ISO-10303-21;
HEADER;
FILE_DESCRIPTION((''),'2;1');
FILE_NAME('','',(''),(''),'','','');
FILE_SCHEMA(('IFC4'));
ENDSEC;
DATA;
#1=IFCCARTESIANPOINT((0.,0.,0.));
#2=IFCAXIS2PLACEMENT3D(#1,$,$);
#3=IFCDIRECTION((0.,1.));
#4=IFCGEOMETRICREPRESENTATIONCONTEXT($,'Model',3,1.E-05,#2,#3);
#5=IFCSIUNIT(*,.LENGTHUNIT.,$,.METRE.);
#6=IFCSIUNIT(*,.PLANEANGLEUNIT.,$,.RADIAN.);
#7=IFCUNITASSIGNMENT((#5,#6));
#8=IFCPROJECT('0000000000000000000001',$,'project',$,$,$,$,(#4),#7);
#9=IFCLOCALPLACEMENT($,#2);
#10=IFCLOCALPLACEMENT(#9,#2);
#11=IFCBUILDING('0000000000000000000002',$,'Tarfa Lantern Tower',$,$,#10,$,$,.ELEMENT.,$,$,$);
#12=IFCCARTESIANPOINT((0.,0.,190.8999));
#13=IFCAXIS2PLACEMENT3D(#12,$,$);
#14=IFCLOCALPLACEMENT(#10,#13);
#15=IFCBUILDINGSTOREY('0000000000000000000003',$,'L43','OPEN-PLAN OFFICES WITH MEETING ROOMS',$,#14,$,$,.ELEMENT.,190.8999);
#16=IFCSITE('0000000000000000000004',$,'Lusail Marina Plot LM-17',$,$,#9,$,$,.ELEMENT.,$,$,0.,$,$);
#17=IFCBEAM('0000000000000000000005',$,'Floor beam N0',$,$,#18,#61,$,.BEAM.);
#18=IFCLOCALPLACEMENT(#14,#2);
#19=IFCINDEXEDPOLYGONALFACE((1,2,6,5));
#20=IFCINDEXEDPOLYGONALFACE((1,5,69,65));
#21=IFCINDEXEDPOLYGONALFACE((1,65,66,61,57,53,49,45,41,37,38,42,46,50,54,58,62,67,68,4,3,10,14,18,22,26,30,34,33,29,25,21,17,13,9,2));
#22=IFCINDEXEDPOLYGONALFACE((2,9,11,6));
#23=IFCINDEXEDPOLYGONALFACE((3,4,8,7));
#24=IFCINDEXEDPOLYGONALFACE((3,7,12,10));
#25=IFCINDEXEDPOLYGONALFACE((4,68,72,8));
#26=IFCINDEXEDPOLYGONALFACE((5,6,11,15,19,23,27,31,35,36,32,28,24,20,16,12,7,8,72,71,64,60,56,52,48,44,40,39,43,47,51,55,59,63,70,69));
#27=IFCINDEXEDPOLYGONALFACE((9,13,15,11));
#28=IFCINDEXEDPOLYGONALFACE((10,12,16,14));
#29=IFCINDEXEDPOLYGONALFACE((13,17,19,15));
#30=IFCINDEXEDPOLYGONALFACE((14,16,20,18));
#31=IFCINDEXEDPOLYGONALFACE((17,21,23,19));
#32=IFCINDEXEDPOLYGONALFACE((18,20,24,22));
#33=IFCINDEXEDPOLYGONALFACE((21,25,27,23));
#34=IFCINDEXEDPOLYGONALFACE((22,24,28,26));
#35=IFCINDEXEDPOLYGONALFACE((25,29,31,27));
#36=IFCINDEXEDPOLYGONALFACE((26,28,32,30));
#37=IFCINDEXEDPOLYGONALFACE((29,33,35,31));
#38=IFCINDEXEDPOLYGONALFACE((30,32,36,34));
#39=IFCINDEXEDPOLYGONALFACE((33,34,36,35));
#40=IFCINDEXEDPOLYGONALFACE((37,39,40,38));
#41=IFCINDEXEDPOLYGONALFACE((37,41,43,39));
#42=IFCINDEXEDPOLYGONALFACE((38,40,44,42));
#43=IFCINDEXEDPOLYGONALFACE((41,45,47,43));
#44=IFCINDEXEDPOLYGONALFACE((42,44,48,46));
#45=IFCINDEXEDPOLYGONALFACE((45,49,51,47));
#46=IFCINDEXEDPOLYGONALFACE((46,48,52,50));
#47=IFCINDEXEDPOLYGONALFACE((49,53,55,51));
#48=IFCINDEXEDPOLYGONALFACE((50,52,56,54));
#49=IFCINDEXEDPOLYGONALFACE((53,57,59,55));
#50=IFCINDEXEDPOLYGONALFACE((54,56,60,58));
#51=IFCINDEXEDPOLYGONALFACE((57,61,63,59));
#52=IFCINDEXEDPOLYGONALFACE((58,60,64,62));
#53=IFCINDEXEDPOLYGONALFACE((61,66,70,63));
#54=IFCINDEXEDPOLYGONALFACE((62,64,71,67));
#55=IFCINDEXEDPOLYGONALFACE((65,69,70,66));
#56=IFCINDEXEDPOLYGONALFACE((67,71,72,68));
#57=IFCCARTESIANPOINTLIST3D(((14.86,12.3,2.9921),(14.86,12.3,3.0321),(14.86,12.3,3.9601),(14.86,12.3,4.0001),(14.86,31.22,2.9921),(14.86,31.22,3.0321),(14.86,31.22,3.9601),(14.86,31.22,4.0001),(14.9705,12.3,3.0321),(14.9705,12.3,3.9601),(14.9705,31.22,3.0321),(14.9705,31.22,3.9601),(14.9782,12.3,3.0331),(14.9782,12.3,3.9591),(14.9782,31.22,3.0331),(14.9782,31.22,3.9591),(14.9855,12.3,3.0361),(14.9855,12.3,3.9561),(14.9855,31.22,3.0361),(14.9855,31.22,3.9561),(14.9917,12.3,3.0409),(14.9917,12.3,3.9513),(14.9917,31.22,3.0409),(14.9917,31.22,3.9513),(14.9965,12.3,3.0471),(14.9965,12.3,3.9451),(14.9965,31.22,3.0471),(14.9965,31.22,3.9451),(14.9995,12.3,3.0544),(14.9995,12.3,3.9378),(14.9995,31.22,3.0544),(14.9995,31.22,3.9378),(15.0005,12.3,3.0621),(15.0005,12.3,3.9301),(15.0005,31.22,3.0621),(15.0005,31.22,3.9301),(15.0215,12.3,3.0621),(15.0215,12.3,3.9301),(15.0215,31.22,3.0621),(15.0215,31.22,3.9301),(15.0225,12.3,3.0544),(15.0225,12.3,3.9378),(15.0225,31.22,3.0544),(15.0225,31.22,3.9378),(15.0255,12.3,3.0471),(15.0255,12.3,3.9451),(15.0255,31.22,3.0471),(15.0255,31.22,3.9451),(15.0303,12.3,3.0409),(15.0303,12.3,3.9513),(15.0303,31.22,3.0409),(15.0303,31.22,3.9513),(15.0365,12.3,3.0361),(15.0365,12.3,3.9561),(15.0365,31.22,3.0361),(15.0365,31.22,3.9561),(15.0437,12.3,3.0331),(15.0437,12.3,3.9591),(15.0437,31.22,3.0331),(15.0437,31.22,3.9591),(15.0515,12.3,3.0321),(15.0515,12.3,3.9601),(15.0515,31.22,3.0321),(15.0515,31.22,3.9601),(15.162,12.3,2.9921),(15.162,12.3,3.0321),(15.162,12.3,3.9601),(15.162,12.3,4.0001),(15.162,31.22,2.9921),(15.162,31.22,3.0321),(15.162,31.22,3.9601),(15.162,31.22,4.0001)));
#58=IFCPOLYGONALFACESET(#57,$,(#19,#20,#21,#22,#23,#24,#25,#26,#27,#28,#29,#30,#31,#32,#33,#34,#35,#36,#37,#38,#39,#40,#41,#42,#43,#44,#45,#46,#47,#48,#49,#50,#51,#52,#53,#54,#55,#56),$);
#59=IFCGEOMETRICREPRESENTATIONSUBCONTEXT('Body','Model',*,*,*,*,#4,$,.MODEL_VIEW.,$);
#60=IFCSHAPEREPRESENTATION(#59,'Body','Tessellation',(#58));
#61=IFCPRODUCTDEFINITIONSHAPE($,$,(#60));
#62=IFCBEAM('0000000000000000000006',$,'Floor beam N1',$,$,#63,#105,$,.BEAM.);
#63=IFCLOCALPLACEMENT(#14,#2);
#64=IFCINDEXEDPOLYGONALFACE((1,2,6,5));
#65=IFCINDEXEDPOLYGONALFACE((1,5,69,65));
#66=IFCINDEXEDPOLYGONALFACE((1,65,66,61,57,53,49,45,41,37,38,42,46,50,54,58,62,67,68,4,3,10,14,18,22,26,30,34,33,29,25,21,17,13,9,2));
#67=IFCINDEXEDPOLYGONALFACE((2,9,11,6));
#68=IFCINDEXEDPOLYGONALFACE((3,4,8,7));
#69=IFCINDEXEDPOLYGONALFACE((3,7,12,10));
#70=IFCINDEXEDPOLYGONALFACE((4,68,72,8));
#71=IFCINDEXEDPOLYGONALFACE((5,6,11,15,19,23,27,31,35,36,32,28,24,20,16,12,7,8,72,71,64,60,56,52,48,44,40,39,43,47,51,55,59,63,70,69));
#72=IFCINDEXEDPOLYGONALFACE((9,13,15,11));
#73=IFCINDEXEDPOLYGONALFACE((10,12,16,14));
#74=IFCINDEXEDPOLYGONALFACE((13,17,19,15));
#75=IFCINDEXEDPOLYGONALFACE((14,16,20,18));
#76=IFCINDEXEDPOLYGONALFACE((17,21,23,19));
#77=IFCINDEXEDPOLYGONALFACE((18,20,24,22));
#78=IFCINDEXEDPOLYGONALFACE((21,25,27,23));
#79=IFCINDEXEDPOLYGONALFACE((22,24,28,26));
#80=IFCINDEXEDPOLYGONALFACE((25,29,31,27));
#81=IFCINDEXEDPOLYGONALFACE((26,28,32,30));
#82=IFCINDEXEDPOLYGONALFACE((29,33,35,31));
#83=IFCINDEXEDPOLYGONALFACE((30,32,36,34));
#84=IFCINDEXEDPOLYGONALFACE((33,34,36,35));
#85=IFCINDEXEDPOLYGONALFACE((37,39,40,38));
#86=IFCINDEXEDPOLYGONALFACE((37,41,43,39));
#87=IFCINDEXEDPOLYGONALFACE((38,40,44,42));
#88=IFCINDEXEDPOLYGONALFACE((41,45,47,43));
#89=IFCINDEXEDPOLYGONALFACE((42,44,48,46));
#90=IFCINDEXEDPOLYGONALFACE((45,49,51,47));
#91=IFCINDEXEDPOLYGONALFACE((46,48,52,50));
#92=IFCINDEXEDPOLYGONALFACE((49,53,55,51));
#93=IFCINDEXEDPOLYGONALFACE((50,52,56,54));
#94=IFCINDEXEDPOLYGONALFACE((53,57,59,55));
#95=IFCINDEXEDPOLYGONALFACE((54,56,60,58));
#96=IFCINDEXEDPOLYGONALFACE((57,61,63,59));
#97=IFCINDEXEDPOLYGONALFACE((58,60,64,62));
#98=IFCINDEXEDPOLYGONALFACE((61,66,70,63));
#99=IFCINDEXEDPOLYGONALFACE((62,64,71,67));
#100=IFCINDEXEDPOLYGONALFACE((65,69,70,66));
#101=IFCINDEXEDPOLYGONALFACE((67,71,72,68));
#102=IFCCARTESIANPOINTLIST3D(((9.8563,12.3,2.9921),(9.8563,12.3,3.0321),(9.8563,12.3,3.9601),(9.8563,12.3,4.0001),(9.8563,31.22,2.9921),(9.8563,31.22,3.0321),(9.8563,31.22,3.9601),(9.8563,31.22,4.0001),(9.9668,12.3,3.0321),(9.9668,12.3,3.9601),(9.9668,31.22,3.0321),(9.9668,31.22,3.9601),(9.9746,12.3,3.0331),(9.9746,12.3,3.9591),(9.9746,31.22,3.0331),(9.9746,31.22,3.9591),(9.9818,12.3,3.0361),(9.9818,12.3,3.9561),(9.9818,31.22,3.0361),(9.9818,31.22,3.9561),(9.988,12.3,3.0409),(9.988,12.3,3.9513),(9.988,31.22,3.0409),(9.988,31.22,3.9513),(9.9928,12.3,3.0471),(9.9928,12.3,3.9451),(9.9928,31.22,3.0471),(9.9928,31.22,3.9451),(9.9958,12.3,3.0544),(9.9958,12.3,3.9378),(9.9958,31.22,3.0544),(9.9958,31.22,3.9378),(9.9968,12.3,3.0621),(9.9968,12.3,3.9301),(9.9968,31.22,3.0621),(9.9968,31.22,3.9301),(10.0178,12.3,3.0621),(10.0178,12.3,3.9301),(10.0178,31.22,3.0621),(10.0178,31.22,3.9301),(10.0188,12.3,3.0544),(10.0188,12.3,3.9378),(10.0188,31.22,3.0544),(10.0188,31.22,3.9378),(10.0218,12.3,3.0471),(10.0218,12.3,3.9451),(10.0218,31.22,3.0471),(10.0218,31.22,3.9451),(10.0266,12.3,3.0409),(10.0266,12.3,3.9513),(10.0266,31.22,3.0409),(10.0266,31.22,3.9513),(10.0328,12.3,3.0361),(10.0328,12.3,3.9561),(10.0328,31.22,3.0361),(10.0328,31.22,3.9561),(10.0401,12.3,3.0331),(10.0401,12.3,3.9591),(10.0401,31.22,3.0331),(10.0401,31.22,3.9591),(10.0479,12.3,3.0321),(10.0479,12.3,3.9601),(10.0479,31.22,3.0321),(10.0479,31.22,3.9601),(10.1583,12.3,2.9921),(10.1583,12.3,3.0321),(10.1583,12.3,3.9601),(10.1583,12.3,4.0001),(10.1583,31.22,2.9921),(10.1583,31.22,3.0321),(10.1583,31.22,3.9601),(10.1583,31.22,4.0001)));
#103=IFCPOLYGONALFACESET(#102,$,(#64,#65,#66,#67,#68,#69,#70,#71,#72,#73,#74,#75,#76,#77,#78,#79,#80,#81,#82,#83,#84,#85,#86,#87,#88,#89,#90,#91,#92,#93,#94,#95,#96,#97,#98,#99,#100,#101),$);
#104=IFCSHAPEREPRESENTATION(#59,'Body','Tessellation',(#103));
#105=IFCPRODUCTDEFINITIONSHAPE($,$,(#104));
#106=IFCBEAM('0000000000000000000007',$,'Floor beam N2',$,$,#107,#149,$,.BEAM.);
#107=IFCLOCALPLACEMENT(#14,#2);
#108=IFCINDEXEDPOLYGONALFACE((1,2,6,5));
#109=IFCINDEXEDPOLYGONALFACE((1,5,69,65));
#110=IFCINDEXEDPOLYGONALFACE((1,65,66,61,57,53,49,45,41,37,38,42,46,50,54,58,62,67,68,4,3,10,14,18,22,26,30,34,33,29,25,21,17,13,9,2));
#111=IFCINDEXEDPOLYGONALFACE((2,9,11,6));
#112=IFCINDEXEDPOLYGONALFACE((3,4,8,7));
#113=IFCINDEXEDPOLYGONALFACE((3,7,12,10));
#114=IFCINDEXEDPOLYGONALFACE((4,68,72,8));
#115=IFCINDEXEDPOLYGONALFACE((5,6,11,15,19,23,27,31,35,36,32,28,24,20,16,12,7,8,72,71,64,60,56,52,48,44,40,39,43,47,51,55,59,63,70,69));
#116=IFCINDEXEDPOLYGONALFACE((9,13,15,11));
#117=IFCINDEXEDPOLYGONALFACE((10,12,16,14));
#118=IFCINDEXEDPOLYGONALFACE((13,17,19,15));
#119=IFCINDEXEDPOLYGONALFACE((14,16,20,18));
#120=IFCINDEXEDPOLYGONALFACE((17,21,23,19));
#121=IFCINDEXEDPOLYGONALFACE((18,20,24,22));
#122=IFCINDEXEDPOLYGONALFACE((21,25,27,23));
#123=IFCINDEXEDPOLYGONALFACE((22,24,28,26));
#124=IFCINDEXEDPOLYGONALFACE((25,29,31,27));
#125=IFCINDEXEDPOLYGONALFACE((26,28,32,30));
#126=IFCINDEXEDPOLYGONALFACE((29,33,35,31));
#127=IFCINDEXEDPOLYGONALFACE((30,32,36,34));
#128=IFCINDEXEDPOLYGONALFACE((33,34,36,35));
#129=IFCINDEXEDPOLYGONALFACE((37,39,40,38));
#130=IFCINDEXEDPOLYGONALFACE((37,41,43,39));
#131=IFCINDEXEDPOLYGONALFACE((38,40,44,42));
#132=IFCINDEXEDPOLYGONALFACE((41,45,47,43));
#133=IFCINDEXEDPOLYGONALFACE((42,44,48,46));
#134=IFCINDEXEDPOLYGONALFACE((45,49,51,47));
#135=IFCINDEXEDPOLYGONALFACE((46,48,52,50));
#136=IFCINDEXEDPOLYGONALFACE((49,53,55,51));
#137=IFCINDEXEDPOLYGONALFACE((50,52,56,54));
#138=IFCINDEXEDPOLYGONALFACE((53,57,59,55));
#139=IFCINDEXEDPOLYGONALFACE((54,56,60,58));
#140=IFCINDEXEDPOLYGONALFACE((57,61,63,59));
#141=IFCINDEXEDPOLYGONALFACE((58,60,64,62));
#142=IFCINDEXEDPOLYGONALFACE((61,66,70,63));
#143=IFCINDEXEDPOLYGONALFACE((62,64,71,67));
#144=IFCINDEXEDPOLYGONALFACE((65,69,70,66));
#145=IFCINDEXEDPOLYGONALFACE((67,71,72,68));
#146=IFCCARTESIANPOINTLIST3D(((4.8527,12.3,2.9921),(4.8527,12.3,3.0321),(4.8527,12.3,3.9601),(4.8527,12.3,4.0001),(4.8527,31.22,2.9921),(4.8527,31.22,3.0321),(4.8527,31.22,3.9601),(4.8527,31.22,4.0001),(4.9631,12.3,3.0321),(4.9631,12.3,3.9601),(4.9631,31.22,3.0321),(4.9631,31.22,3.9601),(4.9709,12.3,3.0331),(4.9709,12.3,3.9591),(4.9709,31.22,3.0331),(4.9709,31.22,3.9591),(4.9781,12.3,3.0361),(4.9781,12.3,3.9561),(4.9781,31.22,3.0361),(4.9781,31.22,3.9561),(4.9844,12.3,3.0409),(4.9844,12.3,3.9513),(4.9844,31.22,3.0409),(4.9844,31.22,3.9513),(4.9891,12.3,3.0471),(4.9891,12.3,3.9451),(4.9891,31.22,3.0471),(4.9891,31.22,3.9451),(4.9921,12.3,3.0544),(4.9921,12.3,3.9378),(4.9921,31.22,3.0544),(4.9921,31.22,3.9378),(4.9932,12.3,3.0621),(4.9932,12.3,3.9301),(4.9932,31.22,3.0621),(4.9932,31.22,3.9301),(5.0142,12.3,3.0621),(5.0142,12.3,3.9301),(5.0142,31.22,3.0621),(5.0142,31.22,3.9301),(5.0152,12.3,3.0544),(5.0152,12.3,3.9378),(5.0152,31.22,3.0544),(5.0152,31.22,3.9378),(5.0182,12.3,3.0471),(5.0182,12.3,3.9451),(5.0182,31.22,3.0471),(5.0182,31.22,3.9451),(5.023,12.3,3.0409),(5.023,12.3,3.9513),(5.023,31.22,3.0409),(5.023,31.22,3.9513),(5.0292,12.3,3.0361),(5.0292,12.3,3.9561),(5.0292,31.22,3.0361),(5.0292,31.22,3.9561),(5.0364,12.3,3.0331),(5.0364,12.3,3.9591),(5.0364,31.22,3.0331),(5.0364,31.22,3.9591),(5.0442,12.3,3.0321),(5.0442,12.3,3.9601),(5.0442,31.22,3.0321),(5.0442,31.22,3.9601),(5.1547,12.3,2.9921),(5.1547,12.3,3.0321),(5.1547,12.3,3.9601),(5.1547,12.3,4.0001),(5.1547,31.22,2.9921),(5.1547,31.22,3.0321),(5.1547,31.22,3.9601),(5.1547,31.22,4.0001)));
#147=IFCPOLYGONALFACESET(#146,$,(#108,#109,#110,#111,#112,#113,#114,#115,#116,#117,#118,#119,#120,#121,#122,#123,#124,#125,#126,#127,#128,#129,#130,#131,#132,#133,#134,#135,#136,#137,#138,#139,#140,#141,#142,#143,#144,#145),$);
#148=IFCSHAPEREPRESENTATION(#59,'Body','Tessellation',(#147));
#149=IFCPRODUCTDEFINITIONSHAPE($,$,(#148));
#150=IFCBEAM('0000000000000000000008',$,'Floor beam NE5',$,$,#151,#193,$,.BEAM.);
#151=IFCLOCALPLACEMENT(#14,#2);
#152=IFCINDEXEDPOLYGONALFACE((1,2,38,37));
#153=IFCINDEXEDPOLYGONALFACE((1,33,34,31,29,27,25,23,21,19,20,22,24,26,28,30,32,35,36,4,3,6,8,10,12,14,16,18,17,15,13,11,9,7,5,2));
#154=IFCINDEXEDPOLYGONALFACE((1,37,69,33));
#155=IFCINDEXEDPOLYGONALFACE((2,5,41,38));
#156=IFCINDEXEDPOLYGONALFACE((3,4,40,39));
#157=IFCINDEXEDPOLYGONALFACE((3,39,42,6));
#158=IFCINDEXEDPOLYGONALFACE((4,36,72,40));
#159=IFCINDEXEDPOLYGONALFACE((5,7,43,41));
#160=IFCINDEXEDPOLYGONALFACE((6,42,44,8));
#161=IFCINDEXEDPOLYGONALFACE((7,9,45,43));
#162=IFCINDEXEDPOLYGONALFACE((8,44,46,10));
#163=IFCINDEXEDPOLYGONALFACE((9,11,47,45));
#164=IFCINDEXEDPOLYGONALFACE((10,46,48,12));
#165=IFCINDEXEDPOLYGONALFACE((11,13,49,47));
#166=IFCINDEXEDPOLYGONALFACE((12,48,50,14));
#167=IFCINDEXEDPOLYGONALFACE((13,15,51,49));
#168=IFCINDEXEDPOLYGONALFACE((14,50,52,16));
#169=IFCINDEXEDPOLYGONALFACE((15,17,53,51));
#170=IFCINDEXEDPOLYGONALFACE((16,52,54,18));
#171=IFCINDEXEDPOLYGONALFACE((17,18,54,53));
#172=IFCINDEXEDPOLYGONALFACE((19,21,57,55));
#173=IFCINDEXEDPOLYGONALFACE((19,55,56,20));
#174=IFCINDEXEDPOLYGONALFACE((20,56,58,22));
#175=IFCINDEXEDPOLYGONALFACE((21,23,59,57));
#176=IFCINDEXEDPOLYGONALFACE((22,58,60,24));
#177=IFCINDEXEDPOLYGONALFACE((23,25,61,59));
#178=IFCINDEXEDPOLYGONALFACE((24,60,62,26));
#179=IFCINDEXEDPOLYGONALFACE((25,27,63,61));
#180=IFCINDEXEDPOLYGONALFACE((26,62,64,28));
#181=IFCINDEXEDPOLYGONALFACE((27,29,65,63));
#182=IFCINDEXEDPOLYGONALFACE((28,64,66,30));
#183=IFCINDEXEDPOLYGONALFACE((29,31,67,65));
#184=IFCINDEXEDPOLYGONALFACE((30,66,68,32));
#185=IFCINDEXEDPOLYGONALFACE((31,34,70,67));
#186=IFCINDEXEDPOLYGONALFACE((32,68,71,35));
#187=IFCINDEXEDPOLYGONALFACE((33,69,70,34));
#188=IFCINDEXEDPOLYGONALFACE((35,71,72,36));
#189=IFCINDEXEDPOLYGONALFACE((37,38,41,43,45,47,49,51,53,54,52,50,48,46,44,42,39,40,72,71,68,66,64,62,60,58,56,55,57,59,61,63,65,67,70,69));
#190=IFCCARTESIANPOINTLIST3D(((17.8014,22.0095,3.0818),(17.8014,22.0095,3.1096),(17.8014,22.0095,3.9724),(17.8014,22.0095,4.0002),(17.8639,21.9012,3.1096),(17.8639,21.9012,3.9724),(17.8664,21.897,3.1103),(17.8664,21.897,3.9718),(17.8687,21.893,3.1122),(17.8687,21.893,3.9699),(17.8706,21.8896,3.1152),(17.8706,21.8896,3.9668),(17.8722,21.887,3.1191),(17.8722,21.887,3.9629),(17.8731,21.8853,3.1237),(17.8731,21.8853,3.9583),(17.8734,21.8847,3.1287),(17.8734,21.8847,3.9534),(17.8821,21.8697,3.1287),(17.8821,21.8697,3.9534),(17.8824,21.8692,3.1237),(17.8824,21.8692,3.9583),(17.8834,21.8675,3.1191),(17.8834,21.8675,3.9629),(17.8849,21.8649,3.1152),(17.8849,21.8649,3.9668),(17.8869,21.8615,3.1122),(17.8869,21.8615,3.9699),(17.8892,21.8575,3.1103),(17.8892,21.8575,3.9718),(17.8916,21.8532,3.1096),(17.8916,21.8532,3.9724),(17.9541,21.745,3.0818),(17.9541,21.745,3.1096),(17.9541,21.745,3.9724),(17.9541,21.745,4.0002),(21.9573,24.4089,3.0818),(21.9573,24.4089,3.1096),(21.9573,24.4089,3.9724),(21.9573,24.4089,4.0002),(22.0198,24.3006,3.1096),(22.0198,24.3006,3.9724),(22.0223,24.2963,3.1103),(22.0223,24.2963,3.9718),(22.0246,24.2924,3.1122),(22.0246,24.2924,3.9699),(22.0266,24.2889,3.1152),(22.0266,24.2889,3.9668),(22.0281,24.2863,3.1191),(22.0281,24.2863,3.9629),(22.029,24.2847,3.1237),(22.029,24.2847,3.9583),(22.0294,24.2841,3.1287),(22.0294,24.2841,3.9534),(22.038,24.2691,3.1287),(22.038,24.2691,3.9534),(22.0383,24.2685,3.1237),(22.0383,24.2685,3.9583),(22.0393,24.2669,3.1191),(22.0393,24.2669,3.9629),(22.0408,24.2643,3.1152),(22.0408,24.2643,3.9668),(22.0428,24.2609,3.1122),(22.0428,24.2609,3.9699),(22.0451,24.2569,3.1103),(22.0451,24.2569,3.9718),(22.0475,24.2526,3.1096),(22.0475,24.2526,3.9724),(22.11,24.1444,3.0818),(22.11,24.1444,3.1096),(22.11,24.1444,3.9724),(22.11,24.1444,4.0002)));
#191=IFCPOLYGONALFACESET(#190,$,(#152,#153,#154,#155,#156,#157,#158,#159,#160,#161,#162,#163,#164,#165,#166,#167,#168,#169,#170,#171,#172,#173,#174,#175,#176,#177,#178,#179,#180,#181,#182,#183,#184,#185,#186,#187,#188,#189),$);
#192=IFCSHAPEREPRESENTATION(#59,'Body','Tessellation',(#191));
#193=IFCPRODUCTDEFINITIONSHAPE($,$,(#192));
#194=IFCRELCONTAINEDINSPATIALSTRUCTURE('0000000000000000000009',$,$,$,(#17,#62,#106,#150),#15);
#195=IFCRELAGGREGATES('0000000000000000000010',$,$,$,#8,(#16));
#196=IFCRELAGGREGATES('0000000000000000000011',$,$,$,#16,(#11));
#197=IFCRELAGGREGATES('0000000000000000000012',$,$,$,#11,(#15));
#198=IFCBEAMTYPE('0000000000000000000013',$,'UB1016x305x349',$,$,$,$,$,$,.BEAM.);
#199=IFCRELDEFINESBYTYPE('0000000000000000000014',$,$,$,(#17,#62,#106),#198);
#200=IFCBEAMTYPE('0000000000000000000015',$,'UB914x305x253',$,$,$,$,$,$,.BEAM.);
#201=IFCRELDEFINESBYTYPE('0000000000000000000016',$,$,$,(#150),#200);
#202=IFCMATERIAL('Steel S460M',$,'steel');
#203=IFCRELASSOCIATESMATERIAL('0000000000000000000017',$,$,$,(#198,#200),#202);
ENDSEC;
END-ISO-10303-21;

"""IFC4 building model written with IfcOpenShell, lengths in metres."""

from ifc_helpers import new_model, si_unit, direction, frame, origin, origin_2d, place, context, subcontext, project, spatial, i_section, extrude, material, material_profile, profile_set, type_object, element, save


model = new_model("IFC4")

# Units and contexts
model_context = context("Model", 3, precision=1e-05, world=origin(), true_north=direction((0.0, 1.0)))
body_context = subcontext(model_context, "Body", "Model", "MODEL_VIEW")
ifc_project = project(units=[si_unit("LENGTHUNIT", "METRE"), si_unit("PLANEANGLEUNIT", "RADIAN")], contexts=[model_context])

# Site, building, storey
site_placement = place(None, origin())
site = spatial("IfcSite", under=ifc_project, at=site_placement, Name="Lusail Marina Plot LM-17", CompositionType="ELEMENT", RefElevation=0.0)
building_placement = place(site_placement, origin())
building = spatial("IfcBuilding", under=site, at=building_placement, Name="Tarfa Lantern Tower", CompositionType="ELEMENT")
storey_placement = place(building_placement, frame((0.0, 0.0, 190.8999)))
storey = spatial("IfcBuildingStorey", under=building, at=storey_placement, Name="L43", Description="OPEN-PLAN OFFICES WITH MEETING ROOMS", CompositionType="ELEMENT", Elevation=190.8999)

# Beams
ifc_material_1 = material(Name="Steel S460M", Category="steel")
ifc_material_profile_1 = material_profile(ifc_material_1, i_section(OverallWidth=0.302, OverallDepth=1.0081, WebThickness=0.021, FlangeThickness=0.04, FilletRadius=0.03, at=origin_2d()), Name="UB1016x305x349")
ifc_profile_set_1 = profile_set([ifc_material_profile_1], Name="Steel S460M")
beam_type_1 = type_object("IfcBeamType", Name="UB1016x305x349", PredefinedType="BEAM", material=ifc_profile_set_1)
for number, where, z_axis, x_axis, name in (
    (1, (15.011, 31.22, 3.4961), (0.0, -1.0, 0.0), (1.0, 0.0, 0.0), "Floor beam N0"),
    (2, (10.0073, 31.22, 3.4961), (0.0, -1.0, 0.0), (1.0, 0.0, 0.0), "Floor beam N1"),
    (3, (5.0037, 31.22, 3.4961), (0.0, -1.0, 0.0), (1.0, 0.0, 0.0), "Floor beam N2"),
):
    element("IfcBeam", number, at=place(storey_placement, frame(where, z_axis=z_axis, x_axis=x_axis)), inside=storey, type_object=beam_type_1, Name=name, PredefinedType="BEAM", context=body_context, shape_type="SweptSolid", body=[
        extrude(i_section(OverallWidth=0.302, OverallDepth=1.0081, WebThickness=0.021, FlangeThickness=0.04, FilletRadius=0.03, at=origin_2d()), origin(), (0.0, 0.0, 1.0), 18.9199),
    ])
ifc_material_profile_2 = material_profile(ifc_material_1, i_section(OverallWidth=0.3054, OverallDepth=0.9185, WebThickness=0.0173, FlangeThickness=0.0278, FilletRadius=0.019, at=origin_2d()), Name="UB914x305x253")
ifc_profile_set_2 = profile_set([ifc_material_profile_2], Name="Steel S460M")
beam_type_2 = type_object("IfcBeamType", Name="UB914x305x253", PredefinedType="BEAM", material=ifc_profile_set_2)
beam_1_placement = place(storey_placement, frame((22.0337, 24.2766, 3.541), z_axis=(-0.866031, -0.499991, 0.0), x_axis=(0.499991, -0.866031, 0.0)))
element("IfcBeam", 4, at=beam_1_placement, inside=storey, type_object=beam_type_2, Name="Floor beam NE5", PredefinedType="BEAM", context=body_context, shape_type="SweptSolid", body=[
    extrude(i_section(OverallWidth=0.3054, OverallDepth=0.9185, WebThickness=0.0173, FlangeThickness=0.0278, FilletRadius=0.019, at=origin_2d()), origin(), (0.0, 0.0, 1.0), 4.7988),
])

save(model, "model.ifc")
